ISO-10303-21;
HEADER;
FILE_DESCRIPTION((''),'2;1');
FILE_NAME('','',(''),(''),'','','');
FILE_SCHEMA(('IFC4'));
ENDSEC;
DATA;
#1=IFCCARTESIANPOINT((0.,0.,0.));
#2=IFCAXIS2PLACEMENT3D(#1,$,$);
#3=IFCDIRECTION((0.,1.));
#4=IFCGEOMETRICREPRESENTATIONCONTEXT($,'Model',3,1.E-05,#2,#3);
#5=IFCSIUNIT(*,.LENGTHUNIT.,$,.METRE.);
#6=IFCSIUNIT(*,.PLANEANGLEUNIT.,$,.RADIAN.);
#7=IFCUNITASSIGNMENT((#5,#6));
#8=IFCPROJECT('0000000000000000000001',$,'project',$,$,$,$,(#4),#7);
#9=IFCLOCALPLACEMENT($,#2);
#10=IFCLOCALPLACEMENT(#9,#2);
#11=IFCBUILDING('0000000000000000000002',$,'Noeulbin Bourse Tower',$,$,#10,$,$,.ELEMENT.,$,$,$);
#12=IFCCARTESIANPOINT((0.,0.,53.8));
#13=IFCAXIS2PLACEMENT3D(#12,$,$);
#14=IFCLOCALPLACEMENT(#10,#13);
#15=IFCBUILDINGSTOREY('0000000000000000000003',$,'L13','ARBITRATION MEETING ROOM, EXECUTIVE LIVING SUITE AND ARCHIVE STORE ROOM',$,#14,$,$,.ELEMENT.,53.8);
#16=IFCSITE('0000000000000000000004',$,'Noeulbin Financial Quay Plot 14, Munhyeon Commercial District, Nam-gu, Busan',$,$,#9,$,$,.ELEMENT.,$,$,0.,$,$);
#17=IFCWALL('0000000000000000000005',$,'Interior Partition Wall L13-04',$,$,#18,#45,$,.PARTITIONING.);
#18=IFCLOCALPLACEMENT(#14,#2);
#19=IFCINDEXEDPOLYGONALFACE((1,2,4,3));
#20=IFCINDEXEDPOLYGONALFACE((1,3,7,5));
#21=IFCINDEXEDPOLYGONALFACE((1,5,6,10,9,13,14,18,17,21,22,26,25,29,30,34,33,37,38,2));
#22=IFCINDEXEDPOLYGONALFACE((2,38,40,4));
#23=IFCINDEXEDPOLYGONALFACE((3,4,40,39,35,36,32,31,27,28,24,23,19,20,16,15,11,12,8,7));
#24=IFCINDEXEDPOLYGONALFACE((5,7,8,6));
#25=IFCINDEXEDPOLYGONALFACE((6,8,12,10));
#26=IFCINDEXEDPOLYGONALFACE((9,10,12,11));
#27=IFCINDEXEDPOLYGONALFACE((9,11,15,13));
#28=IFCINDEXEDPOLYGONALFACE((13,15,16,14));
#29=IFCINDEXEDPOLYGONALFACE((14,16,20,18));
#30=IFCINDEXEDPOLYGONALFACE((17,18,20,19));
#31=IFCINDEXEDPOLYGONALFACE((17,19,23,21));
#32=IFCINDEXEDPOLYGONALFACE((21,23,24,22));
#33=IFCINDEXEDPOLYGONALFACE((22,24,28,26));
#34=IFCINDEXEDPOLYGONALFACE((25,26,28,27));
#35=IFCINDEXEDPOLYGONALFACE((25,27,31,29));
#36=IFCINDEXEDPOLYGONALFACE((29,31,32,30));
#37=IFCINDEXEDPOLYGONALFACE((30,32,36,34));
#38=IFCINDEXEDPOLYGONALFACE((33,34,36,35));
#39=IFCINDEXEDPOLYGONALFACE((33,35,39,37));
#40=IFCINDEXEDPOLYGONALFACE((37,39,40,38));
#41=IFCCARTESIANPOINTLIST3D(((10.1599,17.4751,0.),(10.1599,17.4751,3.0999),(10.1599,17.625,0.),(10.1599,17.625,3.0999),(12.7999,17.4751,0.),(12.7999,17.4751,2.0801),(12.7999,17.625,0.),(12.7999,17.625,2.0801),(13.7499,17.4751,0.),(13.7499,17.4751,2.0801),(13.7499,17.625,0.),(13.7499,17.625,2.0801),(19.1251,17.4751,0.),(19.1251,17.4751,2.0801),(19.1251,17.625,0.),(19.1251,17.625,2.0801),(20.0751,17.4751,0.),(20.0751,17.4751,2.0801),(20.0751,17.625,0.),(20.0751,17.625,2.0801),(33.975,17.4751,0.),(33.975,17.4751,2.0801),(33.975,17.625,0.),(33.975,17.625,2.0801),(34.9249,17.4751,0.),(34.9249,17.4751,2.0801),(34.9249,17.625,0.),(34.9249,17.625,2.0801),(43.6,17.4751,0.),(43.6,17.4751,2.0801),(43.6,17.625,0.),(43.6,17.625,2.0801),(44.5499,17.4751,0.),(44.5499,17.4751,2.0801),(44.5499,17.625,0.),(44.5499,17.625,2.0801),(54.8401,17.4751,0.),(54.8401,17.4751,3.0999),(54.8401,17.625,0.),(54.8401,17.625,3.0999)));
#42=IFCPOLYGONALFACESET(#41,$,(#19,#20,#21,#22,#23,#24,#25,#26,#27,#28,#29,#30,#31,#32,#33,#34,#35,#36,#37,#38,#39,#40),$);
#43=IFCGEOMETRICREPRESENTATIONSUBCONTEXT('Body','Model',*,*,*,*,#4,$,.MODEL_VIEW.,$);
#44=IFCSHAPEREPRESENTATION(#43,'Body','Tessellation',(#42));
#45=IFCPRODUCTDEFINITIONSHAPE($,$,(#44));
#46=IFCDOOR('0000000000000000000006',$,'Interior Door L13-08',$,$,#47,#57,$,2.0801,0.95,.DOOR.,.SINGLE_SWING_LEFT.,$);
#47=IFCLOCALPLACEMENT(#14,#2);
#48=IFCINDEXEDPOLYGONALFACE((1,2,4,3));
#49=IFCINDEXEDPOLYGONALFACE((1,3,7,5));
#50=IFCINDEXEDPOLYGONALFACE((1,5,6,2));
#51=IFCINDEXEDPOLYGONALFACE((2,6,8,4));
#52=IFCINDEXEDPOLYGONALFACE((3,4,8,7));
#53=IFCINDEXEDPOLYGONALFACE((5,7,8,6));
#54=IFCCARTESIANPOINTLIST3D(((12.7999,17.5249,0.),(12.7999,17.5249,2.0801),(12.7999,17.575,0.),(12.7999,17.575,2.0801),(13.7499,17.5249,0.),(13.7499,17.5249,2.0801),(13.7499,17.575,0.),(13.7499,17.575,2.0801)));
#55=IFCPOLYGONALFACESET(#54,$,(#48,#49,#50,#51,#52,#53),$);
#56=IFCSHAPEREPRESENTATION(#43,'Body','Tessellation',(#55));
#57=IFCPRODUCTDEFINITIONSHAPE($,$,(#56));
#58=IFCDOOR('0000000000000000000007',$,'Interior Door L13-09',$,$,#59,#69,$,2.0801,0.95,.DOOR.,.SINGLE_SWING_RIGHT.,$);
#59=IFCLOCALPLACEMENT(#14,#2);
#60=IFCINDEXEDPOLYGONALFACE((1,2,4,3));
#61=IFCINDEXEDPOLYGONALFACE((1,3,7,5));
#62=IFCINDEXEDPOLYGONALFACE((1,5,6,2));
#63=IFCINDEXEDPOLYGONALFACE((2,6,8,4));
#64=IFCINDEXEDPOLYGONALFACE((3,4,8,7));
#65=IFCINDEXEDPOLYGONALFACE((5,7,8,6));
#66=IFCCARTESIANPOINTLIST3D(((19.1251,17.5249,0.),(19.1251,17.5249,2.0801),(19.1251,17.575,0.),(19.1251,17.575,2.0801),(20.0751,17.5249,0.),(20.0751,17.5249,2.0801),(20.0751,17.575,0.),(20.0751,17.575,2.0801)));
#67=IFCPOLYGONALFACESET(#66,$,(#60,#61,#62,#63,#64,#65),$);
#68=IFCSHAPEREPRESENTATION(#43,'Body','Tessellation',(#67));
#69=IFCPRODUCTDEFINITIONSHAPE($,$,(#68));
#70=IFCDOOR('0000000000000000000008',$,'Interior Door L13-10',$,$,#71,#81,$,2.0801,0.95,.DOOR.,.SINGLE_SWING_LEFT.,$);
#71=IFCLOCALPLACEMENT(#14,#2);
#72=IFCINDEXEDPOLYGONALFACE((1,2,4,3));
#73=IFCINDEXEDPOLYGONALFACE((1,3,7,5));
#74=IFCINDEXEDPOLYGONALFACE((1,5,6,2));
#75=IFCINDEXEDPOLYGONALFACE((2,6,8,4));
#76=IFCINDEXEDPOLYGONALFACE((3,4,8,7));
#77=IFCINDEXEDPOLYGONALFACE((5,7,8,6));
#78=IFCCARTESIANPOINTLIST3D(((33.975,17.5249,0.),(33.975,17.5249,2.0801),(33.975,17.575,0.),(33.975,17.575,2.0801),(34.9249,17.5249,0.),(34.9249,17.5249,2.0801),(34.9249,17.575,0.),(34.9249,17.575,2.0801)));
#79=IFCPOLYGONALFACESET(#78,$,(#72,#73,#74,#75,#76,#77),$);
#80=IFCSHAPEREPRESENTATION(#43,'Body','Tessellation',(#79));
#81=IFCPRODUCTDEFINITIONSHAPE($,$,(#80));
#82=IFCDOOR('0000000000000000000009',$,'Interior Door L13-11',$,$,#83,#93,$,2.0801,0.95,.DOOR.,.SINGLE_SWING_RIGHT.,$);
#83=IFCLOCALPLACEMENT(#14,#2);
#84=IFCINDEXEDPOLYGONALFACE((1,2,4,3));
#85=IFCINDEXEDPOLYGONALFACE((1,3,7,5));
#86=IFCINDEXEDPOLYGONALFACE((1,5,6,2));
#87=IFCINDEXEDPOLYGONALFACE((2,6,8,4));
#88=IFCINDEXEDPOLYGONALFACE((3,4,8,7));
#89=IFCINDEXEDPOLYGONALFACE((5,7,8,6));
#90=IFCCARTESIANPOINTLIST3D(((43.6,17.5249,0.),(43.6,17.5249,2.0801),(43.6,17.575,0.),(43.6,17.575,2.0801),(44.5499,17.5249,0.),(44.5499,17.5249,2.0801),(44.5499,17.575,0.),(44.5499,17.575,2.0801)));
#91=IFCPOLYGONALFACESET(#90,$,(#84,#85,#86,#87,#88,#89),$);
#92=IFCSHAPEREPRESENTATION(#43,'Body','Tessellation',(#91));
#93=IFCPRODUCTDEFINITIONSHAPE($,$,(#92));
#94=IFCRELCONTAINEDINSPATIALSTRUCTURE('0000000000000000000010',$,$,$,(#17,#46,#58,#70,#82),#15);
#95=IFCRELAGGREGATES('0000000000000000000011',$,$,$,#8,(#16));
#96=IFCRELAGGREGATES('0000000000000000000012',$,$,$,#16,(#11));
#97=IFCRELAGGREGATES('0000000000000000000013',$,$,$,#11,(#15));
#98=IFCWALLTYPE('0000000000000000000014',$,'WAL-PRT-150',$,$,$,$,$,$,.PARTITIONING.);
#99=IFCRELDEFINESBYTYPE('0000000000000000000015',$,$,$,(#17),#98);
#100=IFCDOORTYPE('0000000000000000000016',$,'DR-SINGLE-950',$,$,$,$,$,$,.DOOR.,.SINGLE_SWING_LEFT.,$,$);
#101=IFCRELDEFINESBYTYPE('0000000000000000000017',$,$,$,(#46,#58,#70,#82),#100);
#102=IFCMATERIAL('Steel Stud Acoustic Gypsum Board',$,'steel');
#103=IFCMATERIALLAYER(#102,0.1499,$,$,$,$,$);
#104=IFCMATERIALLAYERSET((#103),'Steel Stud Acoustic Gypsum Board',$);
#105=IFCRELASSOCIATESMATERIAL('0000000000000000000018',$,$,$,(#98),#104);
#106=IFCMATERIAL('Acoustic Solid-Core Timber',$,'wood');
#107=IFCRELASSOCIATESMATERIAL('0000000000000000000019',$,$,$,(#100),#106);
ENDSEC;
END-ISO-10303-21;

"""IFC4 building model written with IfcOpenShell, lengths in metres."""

from ifc_helpers import new_model, si_unit, direction, frame, frame_2d, origin, place, context, subcontext, project, spatial, rectangle, extrude, material, layer, layer_set, type_object, element, fill, save


model = new_model("IFC4")

# Units and contexts
model_context = context("Model", 3, precision=1e-05, world=origin(), true_north=direction((0.0, 1.0)))
body_context = subcontext(model_context, "Body", "Model", "MODEL_VIEW")
ifc_project = project(units=[si_unit("LENGTHUNIT", "METRE"), si_unit("PLANEANGLEUNIT", "RADIAN")], contexts=[model_context])

# Site, building, storey
site_placement = place(None, origin())
site = spatial("IfcSite", under=ifc_project, at=site_placement, Name="Noeulbin Financial Quay Plot 14, Munhyeon Commercial District, Nam-gu, Busan", CompositionType="ELEMENT", RefElevation=0.0)
building_placement = place(site_placement, origin())
building = spatial("IfcBuilding", under=site, at=building_placement, Name="Noeulbin Bourse Tower", CompositionType="ELEMENT")
storey_placement = place(building_placement, frame((0.0, 0.0, 53.8)))
storey = spatial("IfcBuildingStorey", under=building, at=storey_placement, Name="L13", Description="ARBITRATION MEETING ROOM, EXECUTIVE LIVING SUITE AND ARCHIVE STORE ROOM", CompositionType="ELEMENT", Elevation=53.8)

# Wall, openings, doors
ifc_material_1 = material(Name="Steel Stud Acoustic Gypsum Board", Category="steel")
ifc_layer_1 = layer(ifc_material_1, 0.1499)
ifc_layer_set_1 = layer_set([ifc_layer_1], Name="Steel Stud Acoustic Gypsum Board")
wall_type_1 = type_object("IfcWallType", Name="WAL-PRT-150", PredefinedType="PARTITIONING", material=ifc_layer_set_1)
wall_1_placement = place(storey_placement, frame((10.1599, 17.55, 0.0), z_axis=(0.0, 0.0, 1.0), x_axis=(1.0, 0.0, 0.0)))
wall_1 = element("IfcWall", 1, at=wall_1_placement, inside=storey, type_object=wall_type_1, Name="Interior Partition Wall L13-04", PredefinedType="PARTITIONING", context=body_context, shape_type="SweptSolid", body=[
    extrude(rectangle(XDim=44.6802, YDim=0.1499, at=frame_2d((22.3401, 0.0))), origin(), (0.0, 0.0, 1.0), 3.0999),
])
opening_1_placement = place(wall_1_placement, frame((2.6399, 0.0, 0.0)))
opening_1 = element("IfcOpeningElement", 2, at=opening_1_placement, cuts=wall_1, PredefinedType="OPENING", context=body_context, shape_type="SweptSolid", body=[
    extrude(rectangle(XDim=0.95, YDim=2.0801, at=frame_2d((0.4751, 1.04))), frame((0.0, 0.085, 0.0), z_axis=(0.0, -1.0, 0.0), x_axis=(1.0, 0.0, 0.0)), (0.0, 0.0, 1.0), 0.1699),
])
opening_2_placement = place(wall_1_placement, frame((8.9651, 0.0, 0.0)))
opening_2 = element("IfcOpeningElement", 3, at=opening_2_placement, cuts=wall_1, PredefinedType="OPENING", context=body_context, shape_type="SweptSolid", body=[
    extrude(rectangle(XDim=0.95, YDim=2.0801, at=frame_2d((0.4751, 1.04))), frame((0.0, 0.085, 0.0), z_axis=(0.0, -1.0, 0.0), x_axis=(1.0, 0.0, 0.0)), (0.0, 0.0, 1.0), 0.1699),
])
opening_3_placement = place(wall_1_placement, frame((23.8149, 0.0, 0.0)))
opening_3 = element("IfcOpeningElement", 4, at=opening_3_placement, cuts=wall_1, PredefinedType="OPENING", context=body_context, shape_type="SweptSolid", body=[
    extrude(rectangle(XDim=0.95, YDim=2.0801, at=frame_2d((0.4751, 1.04))), frame((0.0, 0.085, 0.0), z_axis=(0.0, -1.0, 0.0), x_axis=(1.0, 0.0, 0.0)), (0.0, 0.0, 1.0), 0.1699),
])
opening_4_placement = place(wall_1_placement, frame((33.4399, 0.0, 0.0)))
opening_4 = element("IfcOpeningElement", 5, at=opening_4_placement, cuts=wall_1, PredefinedType="OPENING", context=body_context, shape_type="SweptSolid", body=[
    extrude(rectangle(XDim=0.95, YDim=2.0801, at=frame_2d((0.4751, 1.04))), frame((0.0, 0.085, 0.0), z_axis=(0.0, -1.0, 0.0), x_axis=(1.0, 0.0, 0.0)), (0.0, 0.0, 1.0), 0.1699),
])
ifc_material_2 = material(Name="Acoustic Solid-Core Timber", Category="wood")
door_type = type_object("IfcDoorType", Name="DR-SINGLE-950", OperationType="SINGLE_SWING_LEFT", PredefinedType="DOOR", material=ifc_material_2)
door_1_placement = place(opening_1_placement, origin())
door_1 = element("IfcDoor", 6, at=door_1_placement, inside=storey, type_object=door_type, Name="Interior Door L13-08", OperationType="SINGLE_SWING_LEFT", OverallHeight=2.0801, OverallWidth=0.95, PredefinedType="DOOR", context=body_context, shape_type="SweptSolid", body=[
    extrude(rectangle(XDim=0.95, YDim=2.0801, at=frame_2d((0.4751, 1.04))), frame((0.0, 0.0249, 0.0), z_axis=(0.0, -1.0, 0.0), x_axis=(1.0, 0.0, 0.0)), (0.0, 0.0, 1.0), 0.05),
])
fill(opening_1, door_1)
door_2_placement = place(opening_2_placement, origin())
door_2 = element("IfcDoor", 7, at=door_2_placement, inside=storey, type_object=door_type, Name="Interior Door L13-09", OperationType="SINGLE_SWING_RIGHT", OverallHeight=2.0801, OverallWidth=0.95, PredefinedType="DOOR", context=body_context, shape_type="SweptSolid", body=[
    extrude(rectangle(XDim=0.95, YDim=2.0801, at=frame_2d((0.4751, 1.04))), frame((0.0, 0.0249, 0.0), z_axis=(0.0, -1.0, 0.0), x_axis=(1.0, 0.0, 0.0)), (0.0, 0.0, 1.0), 0.05),
])
fill(opening_2, door_2)
door_3_placement = place(opening_3_placement, origin())
door_3 = element("IfcDoor", 8, at=door_3_placement, inside=storey, type_object=door_type, Name="Interior Door L13-10", OperationType="SINGLE_SWING_LEFT", OverallHeight=2.0801, OverallWidth=0.95, PredefinedType="DOOR", context=body_context, shape_type="SweptSolid", body=[
    extrude(rectangle(XDim=0.95, YDim=2.0801, at=frame_2d((0.4751, 1.04))), frame((0.0, 0.0249, 0.0), z_axis=(0.0, -1.0, 0.0), x_axis=(1.0, 0.0, 0.0)), (0.0, 0.0, 1.0), 0.05),
])
fill(opening_3, door_3)
door_4_placement = place(opening_4_placement, origin())
door_4 = element("IfcDoor", 9, at=door_4_placement, inside=storey, type_object=door_type, Name="Interior Door L13-11", OperationType="SINGLE_SWING_RIGHT", OverallHeight=2.0801, OverallWidth=0.95, PredefinedType="DOOR", context=body_context, shape_type="SweptSolid", body=[
    extrude(rectangle(XDim=0.95, YDim=2.0801, at=frame_2d((0.4751, 1.04))), frame((0.0, 0.0249, 0.0), z_axis=(0.0, -1.0, 0.0), x_axis=(1.0, 0.0, 0.0)), (0.0, 0.0, 1.0), 0.05),
])
fill(opening_4, door_4)

save(model, "model.ifc")
